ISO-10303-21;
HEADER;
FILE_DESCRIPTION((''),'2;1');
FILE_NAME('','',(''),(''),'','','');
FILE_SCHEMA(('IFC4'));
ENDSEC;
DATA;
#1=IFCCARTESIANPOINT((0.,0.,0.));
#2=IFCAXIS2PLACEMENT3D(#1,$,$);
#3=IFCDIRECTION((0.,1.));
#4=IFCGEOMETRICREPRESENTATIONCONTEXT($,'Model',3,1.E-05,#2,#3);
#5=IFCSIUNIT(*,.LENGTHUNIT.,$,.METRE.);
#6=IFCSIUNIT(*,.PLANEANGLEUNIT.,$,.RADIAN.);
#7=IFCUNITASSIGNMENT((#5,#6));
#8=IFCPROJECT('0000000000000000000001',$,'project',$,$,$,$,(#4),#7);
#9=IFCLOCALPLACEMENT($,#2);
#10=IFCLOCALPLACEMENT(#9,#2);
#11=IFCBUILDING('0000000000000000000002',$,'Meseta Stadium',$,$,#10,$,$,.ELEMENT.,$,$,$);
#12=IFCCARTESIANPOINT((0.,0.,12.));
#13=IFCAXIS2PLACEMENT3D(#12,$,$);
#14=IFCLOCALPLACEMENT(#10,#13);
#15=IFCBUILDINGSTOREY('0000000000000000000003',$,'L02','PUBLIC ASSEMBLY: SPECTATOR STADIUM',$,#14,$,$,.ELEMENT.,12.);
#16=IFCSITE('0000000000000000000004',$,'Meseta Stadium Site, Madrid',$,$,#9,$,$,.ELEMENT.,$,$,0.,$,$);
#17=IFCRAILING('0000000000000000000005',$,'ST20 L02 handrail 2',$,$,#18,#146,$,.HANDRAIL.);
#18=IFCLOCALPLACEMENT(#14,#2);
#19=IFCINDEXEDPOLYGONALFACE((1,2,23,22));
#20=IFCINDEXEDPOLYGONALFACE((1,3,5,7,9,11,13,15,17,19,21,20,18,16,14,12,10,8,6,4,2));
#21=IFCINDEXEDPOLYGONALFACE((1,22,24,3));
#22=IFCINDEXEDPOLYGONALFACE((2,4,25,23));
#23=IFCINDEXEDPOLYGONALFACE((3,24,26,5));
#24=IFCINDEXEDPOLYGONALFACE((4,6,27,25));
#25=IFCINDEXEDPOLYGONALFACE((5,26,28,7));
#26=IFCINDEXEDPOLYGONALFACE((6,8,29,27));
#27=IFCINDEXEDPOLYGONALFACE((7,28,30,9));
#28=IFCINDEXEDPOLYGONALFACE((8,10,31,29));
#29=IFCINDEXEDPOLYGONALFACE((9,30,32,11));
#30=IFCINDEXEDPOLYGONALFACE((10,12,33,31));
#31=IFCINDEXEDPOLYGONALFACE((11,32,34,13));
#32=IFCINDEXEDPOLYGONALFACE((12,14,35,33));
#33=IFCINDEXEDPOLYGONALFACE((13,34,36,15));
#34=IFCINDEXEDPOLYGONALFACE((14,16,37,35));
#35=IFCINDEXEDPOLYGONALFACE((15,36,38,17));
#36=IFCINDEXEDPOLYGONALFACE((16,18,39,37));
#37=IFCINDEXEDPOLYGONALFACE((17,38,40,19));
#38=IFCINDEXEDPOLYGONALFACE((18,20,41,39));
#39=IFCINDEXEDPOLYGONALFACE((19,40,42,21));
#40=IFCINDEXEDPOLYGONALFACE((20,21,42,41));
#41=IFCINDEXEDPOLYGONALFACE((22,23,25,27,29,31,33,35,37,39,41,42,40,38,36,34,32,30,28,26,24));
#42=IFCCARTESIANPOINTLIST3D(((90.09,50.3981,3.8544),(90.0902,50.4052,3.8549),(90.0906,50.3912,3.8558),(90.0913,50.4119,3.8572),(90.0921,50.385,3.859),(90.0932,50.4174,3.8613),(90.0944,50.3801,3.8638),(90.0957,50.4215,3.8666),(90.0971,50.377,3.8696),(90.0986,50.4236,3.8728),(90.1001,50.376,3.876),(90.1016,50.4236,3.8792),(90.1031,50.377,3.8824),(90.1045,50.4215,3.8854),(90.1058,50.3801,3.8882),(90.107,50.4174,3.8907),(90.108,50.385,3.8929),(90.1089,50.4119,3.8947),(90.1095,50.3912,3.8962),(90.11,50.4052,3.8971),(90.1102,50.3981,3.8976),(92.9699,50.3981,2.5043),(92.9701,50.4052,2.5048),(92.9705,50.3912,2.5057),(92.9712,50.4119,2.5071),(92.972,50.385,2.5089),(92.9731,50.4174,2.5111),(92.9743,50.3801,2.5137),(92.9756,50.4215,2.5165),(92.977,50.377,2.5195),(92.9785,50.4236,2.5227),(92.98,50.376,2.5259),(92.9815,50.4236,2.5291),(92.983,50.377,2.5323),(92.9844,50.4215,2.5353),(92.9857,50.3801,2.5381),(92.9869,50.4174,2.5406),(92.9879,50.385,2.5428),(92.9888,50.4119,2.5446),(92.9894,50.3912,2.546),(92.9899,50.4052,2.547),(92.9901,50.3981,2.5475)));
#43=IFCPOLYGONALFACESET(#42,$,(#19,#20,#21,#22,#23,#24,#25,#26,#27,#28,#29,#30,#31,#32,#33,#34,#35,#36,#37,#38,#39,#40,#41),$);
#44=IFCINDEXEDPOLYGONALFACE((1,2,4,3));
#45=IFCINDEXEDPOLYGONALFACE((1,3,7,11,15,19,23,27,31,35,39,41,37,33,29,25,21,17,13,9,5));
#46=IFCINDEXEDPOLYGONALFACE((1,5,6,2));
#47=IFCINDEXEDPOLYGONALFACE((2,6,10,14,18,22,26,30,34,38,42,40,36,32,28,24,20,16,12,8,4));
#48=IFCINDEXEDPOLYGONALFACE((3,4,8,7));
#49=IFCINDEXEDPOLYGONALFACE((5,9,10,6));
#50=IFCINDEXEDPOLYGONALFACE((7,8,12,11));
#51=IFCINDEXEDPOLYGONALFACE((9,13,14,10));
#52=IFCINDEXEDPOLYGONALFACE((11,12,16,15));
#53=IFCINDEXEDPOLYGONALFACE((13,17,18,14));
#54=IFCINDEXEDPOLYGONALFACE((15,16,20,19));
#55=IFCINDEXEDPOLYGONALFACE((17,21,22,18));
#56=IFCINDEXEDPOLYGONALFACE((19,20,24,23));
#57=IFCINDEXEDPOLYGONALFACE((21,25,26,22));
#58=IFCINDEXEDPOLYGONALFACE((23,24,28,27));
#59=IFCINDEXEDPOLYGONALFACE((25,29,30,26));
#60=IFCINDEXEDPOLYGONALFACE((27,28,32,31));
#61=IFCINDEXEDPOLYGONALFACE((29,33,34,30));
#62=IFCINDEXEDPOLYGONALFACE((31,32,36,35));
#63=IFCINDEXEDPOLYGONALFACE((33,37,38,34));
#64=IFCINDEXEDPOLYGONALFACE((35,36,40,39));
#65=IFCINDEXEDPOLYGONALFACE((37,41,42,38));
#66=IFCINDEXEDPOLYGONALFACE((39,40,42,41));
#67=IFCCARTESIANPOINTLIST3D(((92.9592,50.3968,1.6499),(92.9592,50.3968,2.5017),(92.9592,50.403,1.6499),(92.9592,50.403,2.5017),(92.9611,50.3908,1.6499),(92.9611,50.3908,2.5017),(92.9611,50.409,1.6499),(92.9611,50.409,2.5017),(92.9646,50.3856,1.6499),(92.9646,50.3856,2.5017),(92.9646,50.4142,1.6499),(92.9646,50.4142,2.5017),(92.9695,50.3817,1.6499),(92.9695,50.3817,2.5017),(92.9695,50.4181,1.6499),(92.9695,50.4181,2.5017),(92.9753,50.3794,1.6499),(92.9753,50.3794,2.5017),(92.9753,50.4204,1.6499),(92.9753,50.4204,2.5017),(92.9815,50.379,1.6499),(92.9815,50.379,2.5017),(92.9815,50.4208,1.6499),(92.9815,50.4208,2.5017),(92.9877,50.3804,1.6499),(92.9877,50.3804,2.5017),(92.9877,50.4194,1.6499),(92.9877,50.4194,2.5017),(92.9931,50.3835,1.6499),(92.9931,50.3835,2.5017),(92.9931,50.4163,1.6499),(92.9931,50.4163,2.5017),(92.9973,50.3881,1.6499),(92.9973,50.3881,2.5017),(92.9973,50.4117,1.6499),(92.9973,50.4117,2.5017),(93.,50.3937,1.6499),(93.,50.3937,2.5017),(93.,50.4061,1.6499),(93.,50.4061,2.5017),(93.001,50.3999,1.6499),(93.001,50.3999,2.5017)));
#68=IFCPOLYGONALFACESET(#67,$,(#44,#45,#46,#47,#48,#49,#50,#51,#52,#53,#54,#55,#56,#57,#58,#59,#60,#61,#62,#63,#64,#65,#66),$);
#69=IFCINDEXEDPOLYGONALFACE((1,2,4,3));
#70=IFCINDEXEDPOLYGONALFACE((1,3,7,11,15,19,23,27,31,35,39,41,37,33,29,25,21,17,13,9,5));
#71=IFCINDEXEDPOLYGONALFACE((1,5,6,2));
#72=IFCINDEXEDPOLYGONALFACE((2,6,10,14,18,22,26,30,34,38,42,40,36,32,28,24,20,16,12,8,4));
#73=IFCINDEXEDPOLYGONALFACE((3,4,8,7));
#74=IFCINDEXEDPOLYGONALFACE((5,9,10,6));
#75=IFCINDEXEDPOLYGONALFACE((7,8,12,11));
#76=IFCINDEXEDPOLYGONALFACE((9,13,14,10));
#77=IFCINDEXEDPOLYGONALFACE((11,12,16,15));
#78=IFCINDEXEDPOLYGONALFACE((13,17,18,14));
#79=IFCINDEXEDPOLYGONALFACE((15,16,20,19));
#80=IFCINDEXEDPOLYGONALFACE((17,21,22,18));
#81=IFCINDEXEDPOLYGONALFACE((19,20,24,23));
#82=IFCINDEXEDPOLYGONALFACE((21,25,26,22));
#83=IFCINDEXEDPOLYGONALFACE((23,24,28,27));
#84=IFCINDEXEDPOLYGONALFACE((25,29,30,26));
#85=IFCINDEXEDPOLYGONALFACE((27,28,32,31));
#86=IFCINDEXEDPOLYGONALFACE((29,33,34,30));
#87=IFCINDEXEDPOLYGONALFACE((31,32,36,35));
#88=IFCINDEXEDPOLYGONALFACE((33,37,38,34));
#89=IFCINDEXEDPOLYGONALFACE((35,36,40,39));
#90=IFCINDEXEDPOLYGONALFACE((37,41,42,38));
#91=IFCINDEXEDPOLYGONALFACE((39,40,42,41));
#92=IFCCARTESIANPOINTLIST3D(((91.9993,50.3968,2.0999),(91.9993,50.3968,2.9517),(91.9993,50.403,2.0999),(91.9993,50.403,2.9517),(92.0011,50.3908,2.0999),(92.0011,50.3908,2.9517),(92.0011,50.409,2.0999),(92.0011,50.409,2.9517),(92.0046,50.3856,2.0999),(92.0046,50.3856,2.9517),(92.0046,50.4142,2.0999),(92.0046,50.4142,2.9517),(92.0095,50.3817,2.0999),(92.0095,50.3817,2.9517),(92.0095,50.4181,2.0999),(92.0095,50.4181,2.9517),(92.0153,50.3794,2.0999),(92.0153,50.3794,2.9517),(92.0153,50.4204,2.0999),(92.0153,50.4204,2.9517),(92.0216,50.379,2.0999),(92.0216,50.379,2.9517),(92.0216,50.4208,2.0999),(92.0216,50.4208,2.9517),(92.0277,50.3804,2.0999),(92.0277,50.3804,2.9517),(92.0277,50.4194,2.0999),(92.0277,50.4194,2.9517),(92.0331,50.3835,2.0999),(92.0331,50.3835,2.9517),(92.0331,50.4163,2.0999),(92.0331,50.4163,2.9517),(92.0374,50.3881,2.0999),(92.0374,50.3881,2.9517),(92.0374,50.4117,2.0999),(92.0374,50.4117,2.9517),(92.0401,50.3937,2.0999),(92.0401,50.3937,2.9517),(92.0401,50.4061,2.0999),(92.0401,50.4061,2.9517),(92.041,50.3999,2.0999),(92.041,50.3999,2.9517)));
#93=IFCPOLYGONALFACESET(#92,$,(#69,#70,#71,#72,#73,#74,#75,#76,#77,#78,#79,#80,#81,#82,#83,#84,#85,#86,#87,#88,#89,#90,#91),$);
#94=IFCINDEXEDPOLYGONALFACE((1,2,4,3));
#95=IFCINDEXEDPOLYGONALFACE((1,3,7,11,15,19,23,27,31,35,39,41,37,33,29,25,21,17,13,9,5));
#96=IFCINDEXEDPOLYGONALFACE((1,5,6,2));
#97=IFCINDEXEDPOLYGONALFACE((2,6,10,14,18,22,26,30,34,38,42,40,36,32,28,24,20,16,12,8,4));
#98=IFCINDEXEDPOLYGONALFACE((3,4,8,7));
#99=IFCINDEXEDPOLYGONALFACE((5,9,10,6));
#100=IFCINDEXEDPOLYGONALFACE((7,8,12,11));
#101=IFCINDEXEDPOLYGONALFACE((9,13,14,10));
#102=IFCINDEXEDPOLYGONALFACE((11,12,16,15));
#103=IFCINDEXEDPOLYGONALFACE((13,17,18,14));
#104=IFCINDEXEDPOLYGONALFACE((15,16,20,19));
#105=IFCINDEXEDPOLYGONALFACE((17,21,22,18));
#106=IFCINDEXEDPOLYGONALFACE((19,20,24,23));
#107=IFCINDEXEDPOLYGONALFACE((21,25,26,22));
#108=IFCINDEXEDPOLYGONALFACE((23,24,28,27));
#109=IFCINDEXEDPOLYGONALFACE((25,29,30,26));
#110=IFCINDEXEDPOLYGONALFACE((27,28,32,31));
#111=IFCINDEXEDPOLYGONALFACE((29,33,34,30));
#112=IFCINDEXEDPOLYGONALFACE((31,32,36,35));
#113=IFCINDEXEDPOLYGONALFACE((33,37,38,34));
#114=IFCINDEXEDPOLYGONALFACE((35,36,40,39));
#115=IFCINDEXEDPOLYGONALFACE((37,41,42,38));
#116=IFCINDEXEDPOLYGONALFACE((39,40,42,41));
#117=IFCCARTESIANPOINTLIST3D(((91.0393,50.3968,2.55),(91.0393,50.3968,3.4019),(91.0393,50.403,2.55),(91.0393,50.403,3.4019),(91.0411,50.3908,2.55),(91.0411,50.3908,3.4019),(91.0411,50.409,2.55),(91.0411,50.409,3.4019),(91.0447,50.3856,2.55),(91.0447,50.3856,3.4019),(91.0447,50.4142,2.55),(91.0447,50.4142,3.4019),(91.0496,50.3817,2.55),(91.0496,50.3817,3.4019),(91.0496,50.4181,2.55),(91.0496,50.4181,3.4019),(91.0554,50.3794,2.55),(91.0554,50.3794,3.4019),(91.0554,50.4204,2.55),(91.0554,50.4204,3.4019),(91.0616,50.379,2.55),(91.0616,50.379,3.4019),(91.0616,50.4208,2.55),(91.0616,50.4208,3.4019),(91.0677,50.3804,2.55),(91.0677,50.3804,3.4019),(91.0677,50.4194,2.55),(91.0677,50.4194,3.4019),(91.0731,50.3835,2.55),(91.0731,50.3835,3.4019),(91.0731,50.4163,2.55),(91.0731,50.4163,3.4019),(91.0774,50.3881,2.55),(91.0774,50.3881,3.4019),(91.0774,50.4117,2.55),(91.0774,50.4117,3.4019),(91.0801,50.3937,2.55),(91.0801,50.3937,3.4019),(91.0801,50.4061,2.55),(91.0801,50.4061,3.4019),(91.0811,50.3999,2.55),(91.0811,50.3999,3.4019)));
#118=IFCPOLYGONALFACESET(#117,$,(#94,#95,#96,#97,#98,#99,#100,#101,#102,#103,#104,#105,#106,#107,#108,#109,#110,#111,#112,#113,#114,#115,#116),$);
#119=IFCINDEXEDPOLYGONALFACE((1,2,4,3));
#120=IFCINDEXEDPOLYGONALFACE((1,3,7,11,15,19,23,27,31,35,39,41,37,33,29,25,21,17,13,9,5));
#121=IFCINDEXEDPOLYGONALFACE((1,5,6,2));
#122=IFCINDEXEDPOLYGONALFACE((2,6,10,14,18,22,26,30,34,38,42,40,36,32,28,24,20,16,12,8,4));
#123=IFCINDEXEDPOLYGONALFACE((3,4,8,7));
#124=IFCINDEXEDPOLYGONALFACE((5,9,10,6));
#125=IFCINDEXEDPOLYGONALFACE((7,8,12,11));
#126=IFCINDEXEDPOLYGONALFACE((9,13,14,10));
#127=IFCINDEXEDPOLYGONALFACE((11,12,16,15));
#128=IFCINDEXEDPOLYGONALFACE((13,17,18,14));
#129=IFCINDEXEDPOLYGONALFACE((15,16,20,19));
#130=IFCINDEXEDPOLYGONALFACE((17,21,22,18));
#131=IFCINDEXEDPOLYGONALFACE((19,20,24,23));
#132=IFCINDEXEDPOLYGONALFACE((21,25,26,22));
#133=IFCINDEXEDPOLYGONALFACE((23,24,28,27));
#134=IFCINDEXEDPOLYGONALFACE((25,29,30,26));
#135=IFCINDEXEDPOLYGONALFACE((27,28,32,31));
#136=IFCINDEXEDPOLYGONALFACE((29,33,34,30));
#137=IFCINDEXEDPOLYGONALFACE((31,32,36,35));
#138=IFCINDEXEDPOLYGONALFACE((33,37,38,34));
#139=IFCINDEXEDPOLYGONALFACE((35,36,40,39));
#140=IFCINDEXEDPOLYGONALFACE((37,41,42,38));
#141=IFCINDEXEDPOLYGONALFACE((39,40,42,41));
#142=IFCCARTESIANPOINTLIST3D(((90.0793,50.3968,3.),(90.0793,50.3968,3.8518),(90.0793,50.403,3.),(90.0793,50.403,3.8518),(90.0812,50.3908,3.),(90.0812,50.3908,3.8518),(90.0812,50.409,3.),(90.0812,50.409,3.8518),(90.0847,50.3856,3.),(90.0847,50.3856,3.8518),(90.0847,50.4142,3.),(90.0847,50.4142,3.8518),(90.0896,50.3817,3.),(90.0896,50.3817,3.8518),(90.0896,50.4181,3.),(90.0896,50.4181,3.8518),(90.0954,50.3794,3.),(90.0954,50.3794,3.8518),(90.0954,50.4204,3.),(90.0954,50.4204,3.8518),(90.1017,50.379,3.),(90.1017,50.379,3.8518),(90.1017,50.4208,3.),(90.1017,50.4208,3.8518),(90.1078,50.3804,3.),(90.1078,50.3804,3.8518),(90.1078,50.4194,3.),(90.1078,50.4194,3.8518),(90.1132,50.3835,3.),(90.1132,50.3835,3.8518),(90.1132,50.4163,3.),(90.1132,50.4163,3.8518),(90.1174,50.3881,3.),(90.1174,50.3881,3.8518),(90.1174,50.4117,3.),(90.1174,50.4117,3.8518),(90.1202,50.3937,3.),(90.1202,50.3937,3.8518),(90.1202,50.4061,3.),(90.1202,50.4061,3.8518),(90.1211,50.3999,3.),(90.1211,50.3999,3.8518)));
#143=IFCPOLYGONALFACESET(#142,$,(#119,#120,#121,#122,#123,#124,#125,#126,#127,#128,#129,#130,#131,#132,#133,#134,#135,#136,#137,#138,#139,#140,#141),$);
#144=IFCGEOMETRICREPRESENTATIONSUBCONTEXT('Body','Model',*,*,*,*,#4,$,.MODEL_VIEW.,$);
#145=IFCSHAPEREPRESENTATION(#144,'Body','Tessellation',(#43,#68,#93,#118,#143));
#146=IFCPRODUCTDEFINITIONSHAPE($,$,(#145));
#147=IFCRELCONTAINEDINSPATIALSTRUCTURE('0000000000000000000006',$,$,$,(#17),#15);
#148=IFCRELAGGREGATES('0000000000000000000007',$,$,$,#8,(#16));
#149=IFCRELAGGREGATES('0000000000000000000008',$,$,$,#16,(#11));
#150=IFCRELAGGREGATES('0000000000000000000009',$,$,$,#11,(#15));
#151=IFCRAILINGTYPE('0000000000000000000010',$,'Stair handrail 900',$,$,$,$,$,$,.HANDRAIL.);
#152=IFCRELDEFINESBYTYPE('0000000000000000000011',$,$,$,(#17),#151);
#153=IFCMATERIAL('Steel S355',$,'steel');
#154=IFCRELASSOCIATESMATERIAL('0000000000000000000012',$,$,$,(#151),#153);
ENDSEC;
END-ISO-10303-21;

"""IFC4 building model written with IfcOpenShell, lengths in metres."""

from ifc_helpers import new_model, si_unit, direction, frame, origin, origin_2d, place, context, subcontext, project, spatial, circle, extrude, material, type_object, element, save


model = new_model("IFC4")

# Units and contexts
model_context = context("Model", 3, precision=1e-05, world=origin(), true_north=direction((0.0, 1.0)))
body_context = subcontext(model_context, "Body", "Model", "MODEL_VIEW")
ifc_project = project(units=[si_unit("LENGTHUNIT", "METRE"), si_unit("PLANEANGLEUNIT", "RADIAN")], contexts=[model_context])

# Site, building, storey
site_placement = place(None, origin())
site = spatial("IfcSite", under=ifc_project, at=site_placement, Name="Meseta Stadium Site, Madrid", CompositionType="ELEMENT", RefElevation=0.0)
building_placement = place(site_placement, origin())
building = spatial("IfcBuilding", under=site, at=building_placement, Name="Meseta Stadium", CompositionType="ELEMENT")
storey_placement = place(building_placement, frame((0.0, 0.0, 12.0)))
storey = spatial("IfcBuildingStorey", under=building, at=storey_placement, Name="L02", Description="PUBLIC ASSEMBLY: SPECTATOR STADIUM", CompositionType="ELEMENT", Elevation=12.0)

# Railing
ifc_material_1 = material(Name="Steel S355", Category="steel")
railing_type_1 = type_object("IfcRailingType", Name="Stair handrail 900", PredefinedType="HANDRAIL", material=ifc_material_1)
railing_1_placement = place(storey_placement, frame((92.98, 50.3999, 1.6499)))
element("IfcRailing", 1, at=railing_1_placement, inside=storey, type_object=railing_type_1, Name="ST20 L02 handrail 2", PredefinedType="HANDRAIL", context=body_context, shape_type="SweptSolid", body=[
    extrude(circle(Radius=0.0239, at=origin_2d()), frame((0.0, 0.0, 0.876), z_axis=(-0.90544, 0.0, 0.424473), x_axis=(0.0, -1.0, 0.0)), (0.0, 0.0, 1.0), 3.1807),
    extrude(circle(Radius=0.021, at=origin_2d()), origin(), (0.0, 0.0, 1.0), 0.8518),
    extrude(circle(Radius=0.021, at=origin_2d()), frame((-0.96, 0.0, 0.45)), (0.0, 0.0, 1.0), 0.8518),
    extrude(circle(Radius=0.021, at=origin_2d()), frame((-1.9199, 0.0, 0.9001)), (0.0, 0.0, 1.0), 0.8518),
    extrude(circle(Radius=0.021, at=origin_2d()), frame((-2.8799, 0.0, 1.3501)), (0.0, 0.0, 1.0), 0.8518),
])

save(model, "model.ifc")
